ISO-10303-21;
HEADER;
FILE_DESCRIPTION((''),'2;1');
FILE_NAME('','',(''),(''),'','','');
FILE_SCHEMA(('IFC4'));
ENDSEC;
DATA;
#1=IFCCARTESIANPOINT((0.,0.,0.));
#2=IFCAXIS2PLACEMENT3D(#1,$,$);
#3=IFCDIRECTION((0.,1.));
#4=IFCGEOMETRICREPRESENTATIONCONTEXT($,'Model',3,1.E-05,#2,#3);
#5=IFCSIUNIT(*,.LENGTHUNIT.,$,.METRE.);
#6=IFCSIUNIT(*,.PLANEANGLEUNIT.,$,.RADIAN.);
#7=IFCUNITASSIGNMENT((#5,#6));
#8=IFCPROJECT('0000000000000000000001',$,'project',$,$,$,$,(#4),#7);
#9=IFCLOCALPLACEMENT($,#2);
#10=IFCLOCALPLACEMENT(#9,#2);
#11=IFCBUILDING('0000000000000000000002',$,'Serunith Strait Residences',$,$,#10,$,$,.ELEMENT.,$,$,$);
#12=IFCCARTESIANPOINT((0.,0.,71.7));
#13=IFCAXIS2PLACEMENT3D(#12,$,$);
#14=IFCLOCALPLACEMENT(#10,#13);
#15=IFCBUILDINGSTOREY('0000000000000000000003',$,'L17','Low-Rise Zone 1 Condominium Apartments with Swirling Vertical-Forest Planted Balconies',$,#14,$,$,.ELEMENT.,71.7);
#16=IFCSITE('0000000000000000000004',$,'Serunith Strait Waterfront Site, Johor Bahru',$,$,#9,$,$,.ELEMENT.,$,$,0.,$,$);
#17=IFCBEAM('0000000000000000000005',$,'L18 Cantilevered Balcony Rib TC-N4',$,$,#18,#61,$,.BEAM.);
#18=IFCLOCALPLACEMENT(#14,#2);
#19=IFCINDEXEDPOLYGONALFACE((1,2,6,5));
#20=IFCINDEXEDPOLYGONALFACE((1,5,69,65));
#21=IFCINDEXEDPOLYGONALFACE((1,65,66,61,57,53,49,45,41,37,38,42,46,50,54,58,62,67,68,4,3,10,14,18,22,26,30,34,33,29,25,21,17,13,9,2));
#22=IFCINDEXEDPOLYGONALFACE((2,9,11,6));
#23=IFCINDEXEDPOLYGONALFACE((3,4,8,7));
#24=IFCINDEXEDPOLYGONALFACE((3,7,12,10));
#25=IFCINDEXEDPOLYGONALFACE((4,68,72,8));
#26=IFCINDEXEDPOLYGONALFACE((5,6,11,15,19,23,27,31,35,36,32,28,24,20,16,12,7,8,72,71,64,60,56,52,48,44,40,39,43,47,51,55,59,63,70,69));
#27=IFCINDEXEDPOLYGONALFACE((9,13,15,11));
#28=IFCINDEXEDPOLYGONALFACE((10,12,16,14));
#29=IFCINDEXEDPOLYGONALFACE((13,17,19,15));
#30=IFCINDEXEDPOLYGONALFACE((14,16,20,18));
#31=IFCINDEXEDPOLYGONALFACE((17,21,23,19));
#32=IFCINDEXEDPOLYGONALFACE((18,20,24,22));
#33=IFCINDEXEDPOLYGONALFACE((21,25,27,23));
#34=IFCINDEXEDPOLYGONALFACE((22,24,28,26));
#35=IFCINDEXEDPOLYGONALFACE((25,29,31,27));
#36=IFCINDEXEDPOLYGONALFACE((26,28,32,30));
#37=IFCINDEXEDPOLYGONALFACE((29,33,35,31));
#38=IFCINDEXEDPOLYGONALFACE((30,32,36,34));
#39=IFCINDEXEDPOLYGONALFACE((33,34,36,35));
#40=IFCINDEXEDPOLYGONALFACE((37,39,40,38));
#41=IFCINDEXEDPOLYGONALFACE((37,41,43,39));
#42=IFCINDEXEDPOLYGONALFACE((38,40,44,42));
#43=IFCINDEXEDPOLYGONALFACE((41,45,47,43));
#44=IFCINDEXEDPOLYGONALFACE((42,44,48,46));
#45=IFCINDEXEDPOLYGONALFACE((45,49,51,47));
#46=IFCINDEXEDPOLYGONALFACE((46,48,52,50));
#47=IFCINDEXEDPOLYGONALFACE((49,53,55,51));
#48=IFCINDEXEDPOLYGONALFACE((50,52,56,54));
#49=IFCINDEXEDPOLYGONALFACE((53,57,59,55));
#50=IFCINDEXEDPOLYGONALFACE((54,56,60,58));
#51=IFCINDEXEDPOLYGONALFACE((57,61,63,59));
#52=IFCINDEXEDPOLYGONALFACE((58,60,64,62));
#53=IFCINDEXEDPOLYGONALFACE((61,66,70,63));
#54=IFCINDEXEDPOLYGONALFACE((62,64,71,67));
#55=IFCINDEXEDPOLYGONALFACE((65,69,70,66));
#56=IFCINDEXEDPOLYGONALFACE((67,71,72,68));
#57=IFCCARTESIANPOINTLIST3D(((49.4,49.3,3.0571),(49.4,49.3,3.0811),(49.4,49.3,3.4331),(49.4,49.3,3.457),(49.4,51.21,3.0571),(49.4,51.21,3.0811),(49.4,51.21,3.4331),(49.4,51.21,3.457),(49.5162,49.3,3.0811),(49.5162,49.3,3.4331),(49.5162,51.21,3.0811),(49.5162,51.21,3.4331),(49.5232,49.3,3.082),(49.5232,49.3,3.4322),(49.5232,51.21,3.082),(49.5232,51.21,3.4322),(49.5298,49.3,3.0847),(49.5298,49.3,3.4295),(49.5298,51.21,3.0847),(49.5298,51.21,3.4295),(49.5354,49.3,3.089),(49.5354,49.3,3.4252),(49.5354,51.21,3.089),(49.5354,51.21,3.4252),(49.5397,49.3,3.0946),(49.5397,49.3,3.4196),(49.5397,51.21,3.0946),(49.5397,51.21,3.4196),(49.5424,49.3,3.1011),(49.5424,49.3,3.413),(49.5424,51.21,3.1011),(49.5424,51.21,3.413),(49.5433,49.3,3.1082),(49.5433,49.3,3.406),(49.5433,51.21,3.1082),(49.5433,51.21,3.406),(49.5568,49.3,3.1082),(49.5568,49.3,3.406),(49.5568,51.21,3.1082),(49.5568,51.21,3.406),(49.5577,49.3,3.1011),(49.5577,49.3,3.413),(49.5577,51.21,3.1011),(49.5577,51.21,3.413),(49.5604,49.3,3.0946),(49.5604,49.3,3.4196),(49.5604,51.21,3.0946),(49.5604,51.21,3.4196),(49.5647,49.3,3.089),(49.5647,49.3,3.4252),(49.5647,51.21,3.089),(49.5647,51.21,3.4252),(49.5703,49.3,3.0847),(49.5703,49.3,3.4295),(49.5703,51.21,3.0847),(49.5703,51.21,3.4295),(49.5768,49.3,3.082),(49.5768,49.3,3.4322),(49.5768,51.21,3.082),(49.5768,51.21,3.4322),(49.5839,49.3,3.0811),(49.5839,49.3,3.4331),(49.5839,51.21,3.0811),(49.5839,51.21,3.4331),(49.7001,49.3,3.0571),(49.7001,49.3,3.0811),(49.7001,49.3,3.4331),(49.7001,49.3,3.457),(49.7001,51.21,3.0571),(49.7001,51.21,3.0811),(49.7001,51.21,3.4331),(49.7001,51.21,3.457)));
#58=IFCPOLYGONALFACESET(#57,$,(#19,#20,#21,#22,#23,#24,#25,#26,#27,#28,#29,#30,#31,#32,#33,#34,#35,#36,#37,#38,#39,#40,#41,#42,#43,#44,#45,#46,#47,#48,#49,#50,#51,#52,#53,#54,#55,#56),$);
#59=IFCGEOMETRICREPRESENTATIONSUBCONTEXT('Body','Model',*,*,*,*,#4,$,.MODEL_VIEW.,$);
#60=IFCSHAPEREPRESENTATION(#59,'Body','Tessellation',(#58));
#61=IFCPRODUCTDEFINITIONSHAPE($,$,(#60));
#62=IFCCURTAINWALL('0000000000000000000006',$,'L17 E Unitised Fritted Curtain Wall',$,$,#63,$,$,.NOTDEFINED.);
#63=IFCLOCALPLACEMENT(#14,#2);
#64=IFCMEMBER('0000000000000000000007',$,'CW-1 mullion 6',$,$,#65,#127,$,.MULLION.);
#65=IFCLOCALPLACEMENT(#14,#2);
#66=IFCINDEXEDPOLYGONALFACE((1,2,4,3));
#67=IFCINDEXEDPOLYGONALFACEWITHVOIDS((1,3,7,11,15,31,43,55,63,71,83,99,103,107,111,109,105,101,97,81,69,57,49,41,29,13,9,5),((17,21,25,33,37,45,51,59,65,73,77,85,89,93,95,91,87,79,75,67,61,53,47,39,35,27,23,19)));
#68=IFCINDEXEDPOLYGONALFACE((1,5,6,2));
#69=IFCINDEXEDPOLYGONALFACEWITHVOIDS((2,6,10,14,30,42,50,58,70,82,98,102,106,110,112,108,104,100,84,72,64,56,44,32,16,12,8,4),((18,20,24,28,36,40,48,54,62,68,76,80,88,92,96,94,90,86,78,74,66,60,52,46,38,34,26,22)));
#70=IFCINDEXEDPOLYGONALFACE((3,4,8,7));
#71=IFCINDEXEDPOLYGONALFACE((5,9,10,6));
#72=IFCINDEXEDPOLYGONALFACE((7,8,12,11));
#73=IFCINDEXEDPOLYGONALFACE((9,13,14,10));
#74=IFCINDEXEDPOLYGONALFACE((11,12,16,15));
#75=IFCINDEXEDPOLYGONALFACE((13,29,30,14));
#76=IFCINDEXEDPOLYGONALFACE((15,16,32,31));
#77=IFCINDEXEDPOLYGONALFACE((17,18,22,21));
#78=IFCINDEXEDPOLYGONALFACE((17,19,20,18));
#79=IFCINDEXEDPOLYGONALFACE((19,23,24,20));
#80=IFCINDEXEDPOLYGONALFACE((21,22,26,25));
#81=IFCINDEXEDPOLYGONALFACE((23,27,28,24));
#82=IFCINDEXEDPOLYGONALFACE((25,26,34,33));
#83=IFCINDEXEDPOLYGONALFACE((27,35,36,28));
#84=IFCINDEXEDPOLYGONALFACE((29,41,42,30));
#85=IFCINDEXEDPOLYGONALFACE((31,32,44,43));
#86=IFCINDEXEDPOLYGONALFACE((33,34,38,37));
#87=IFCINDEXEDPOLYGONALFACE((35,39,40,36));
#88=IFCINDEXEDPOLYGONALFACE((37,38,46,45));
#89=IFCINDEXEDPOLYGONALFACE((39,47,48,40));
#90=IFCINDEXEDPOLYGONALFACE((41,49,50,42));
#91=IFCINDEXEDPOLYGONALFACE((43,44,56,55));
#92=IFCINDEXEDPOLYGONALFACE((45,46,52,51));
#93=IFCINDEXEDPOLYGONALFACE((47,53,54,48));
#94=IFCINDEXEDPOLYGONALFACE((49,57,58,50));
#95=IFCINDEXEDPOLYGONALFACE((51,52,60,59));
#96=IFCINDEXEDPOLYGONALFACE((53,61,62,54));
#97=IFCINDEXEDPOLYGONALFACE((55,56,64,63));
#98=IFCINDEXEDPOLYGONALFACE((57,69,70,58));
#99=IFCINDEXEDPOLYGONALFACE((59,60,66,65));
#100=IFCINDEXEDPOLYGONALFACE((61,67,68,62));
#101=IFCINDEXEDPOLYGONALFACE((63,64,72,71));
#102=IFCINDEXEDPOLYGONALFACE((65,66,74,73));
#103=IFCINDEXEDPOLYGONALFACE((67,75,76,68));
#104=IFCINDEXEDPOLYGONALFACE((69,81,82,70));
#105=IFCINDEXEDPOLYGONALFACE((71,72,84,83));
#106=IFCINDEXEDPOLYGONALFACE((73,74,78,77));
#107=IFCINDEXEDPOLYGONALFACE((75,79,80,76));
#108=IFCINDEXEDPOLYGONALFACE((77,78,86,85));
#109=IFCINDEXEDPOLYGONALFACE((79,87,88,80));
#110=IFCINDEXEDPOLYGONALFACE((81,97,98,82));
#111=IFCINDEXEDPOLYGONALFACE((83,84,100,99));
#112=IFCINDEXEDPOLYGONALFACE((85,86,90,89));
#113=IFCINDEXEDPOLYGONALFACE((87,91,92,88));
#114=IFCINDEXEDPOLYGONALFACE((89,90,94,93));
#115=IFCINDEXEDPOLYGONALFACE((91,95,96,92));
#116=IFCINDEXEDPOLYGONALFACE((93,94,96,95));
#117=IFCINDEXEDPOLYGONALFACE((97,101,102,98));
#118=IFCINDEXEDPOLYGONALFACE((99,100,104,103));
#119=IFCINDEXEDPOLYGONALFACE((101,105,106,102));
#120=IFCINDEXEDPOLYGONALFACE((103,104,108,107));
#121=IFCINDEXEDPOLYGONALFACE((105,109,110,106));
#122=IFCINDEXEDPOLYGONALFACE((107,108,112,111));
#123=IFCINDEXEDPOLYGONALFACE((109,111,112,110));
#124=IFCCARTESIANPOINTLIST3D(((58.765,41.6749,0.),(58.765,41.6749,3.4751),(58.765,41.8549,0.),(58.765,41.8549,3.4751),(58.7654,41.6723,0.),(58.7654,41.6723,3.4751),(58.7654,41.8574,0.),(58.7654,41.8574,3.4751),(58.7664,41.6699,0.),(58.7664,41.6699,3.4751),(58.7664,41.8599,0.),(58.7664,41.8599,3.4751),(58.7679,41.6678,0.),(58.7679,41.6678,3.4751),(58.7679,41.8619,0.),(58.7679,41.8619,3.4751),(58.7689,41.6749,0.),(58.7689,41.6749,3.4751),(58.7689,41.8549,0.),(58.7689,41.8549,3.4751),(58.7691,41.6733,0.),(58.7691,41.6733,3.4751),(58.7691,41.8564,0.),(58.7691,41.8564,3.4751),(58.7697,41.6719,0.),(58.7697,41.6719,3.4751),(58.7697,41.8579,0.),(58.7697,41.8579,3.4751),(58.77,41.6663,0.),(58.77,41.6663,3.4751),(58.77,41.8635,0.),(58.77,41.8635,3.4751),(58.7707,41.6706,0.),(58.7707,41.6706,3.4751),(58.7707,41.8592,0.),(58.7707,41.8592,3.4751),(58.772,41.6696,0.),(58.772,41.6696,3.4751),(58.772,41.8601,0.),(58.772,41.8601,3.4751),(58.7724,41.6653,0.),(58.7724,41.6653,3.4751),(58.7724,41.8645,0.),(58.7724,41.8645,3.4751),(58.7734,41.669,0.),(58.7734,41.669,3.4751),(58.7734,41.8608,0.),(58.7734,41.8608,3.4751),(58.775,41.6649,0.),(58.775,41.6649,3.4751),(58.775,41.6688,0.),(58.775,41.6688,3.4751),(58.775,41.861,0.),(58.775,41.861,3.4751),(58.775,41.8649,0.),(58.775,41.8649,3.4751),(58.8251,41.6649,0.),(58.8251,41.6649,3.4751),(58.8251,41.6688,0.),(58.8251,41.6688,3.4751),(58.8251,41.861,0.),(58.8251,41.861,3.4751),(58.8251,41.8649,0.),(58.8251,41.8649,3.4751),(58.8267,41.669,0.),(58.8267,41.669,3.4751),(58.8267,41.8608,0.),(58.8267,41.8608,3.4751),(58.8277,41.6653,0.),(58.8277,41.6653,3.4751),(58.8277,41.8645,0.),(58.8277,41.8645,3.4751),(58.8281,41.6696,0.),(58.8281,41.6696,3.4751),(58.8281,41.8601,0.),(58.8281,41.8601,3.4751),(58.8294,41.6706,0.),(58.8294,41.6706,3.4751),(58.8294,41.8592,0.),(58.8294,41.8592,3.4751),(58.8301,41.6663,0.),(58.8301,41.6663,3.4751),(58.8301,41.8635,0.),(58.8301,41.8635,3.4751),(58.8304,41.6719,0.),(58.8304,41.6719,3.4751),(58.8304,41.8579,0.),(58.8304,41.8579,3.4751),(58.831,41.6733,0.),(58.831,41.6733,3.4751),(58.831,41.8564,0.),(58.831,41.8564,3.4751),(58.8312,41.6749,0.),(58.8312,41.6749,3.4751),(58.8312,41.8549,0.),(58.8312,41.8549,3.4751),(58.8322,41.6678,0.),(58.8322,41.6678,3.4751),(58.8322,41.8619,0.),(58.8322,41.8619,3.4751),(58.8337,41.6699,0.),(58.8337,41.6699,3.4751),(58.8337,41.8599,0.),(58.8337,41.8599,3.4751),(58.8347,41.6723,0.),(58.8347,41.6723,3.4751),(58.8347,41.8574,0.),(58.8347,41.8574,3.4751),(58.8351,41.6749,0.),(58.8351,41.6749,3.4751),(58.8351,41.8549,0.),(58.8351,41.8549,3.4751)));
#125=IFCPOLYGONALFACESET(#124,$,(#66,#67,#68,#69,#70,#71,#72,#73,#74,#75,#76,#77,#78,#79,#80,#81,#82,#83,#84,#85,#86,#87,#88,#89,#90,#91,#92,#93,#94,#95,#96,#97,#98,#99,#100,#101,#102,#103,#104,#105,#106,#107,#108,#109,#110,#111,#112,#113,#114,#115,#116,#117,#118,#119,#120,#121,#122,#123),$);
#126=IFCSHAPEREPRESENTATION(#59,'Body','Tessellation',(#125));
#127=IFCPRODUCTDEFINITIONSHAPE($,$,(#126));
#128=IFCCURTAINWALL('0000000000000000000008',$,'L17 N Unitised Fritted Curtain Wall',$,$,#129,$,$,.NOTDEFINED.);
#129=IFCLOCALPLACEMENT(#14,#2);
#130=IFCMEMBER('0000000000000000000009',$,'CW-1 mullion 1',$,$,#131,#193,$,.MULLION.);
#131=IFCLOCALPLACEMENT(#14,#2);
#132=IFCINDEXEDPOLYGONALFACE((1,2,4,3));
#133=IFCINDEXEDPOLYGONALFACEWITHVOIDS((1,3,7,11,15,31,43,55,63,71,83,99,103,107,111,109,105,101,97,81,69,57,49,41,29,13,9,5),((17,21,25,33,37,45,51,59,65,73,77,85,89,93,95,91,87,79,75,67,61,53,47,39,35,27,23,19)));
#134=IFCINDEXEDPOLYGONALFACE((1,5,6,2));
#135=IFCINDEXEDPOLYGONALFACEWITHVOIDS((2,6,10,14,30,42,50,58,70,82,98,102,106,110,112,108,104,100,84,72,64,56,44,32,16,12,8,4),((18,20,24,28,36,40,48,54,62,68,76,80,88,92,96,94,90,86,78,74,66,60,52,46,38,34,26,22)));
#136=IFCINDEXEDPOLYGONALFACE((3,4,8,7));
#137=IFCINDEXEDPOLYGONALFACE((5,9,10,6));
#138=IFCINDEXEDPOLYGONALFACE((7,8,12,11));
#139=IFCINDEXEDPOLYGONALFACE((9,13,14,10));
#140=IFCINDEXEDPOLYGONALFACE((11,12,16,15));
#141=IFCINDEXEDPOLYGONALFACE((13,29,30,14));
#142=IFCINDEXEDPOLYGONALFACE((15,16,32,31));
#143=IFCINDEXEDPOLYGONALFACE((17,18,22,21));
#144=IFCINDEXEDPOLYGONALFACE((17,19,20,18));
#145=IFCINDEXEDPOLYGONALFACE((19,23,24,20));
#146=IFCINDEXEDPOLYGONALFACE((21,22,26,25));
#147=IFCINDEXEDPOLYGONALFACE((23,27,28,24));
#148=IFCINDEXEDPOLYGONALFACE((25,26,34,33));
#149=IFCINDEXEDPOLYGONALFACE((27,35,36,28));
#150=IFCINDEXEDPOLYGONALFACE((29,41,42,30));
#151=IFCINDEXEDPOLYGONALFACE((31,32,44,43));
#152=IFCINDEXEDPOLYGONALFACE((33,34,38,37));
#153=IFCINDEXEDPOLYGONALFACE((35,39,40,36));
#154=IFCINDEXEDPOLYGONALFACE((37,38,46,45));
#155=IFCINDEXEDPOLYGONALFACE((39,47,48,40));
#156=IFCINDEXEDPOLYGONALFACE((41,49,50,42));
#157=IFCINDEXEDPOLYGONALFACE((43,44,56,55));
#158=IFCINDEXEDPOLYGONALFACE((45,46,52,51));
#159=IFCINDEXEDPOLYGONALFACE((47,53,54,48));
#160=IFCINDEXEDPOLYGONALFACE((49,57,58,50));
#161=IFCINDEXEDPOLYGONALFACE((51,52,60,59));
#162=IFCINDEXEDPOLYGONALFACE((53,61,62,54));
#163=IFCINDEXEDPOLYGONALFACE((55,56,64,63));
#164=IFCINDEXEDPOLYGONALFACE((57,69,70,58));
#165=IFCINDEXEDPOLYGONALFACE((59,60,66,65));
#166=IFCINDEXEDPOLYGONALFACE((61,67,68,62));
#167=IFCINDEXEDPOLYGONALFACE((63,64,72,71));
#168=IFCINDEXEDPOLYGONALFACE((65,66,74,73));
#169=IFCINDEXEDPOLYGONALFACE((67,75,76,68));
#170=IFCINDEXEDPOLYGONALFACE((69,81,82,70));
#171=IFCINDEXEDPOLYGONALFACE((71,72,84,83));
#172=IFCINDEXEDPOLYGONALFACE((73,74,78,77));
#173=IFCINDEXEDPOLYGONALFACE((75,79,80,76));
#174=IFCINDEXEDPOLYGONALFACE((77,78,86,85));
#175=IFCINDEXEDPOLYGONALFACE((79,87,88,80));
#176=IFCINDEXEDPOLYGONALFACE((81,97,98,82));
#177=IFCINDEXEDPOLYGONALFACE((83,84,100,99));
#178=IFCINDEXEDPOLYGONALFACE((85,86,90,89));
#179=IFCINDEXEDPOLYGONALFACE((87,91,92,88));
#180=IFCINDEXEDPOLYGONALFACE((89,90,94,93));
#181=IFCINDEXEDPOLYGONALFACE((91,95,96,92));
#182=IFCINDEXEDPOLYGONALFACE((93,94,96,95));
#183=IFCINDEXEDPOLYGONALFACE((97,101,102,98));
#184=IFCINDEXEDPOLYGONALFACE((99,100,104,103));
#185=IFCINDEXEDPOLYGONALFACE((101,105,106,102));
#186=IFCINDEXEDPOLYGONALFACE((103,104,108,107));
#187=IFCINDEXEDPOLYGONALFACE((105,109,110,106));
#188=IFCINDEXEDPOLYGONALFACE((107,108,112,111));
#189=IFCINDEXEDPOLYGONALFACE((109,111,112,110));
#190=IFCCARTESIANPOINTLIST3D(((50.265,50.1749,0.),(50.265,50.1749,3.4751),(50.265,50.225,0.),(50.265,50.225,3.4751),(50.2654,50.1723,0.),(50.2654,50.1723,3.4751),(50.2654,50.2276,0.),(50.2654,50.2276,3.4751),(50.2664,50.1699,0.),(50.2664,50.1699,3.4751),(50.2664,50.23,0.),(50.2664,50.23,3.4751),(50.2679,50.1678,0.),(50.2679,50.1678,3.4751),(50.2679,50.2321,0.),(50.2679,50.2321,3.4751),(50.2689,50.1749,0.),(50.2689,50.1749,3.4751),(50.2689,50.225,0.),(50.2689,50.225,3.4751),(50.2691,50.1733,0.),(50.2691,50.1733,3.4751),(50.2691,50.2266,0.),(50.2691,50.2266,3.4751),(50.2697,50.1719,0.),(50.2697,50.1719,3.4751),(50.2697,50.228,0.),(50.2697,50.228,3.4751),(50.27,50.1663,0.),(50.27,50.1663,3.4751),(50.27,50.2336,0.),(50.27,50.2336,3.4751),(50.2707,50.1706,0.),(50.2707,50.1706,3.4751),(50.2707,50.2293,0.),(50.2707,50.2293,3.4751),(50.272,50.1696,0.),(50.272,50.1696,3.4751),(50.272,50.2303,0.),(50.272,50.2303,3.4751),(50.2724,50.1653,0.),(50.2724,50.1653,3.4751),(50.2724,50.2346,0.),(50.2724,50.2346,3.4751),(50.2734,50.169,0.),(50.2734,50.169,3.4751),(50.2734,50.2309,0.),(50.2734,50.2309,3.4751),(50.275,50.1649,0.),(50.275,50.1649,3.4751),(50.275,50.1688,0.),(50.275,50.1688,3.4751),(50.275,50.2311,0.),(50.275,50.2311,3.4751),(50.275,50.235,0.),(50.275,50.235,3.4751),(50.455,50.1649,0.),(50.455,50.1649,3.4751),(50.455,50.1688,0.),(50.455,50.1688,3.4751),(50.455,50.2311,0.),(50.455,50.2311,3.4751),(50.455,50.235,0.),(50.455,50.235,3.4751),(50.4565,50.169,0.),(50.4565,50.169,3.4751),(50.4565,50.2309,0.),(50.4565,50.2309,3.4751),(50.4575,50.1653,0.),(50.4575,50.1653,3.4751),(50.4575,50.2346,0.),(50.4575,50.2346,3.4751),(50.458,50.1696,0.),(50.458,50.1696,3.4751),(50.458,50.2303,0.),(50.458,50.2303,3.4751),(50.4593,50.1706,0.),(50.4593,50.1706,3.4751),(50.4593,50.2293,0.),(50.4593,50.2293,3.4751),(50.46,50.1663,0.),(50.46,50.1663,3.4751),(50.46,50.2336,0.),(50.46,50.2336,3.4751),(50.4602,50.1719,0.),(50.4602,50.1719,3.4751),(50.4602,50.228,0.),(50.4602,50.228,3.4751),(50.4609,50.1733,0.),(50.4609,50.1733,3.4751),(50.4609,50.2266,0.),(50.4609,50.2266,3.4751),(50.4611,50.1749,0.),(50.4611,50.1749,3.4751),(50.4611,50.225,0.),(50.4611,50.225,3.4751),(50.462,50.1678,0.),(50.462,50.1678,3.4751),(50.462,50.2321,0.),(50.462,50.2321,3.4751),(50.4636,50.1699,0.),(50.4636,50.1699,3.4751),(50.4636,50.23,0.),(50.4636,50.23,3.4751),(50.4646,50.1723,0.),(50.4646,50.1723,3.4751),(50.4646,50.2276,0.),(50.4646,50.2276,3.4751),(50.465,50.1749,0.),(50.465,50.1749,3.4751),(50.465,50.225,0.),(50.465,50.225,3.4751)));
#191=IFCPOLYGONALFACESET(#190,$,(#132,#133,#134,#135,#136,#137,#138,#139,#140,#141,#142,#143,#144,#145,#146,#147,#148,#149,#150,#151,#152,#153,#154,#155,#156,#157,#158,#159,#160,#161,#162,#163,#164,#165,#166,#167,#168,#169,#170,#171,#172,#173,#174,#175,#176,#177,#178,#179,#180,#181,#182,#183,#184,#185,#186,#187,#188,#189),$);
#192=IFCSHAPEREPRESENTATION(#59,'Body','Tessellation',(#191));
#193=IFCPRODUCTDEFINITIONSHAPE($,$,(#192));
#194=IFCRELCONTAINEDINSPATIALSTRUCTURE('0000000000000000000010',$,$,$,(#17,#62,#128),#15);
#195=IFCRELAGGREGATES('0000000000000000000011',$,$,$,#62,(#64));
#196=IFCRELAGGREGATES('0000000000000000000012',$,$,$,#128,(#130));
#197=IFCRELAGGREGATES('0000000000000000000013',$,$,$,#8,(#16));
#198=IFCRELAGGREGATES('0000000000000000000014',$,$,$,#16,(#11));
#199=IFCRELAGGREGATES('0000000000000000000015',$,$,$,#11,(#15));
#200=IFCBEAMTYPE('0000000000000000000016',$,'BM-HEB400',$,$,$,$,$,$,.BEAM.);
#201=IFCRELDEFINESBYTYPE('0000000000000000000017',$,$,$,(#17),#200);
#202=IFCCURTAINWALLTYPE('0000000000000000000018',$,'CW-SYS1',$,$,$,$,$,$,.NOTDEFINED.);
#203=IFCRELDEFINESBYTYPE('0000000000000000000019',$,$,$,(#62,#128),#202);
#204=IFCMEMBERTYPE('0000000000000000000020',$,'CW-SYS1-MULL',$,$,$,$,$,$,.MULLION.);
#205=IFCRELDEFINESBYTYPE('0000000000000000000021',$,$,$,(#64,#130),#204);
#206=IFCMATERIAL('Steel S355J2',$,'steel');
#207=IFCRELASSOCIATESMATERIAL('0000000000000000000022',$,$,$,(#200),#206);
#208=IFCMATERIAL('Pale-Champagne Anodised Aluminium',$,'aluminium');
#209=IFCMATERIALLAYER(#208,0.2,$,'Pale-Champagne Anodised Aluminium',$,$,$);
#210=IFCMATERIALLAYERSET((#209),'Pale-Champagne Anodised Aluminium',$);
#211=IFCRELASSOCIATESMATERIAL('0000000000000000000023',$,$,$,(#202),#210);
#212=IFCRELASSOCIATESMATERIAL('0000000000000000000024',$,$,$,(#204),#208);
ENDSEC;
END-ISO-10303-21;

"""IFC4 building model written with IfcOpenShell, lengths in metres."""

from ifc_helpers import new_model, si_unit, direction, frame, origin, origin_2d, place, context, subcontext, project, spatial, hollow_rectangle, i_section, extrude, source, transform, mapped, material, layer, layer_set, material_profile, profile_set, type_object, element, aggregate, save


model = new_model("IFC4")

# Units and contexts
model_context = context("Model", 3, precision=1e-05, world=origin(), true_north=direction((0.0, 1.0)))
body_context = subcontext(model_context, "Body", "Model", "MODEL_VIEW")
ifc_project = project(units=[si_unit("LENGTHUNIT", "METRE"), si_unit("PLANEANGLEUNIT", "RADIAN")], contexts=[model_context])

# Site, building, storey
site_placement = place(None, origin())
site = spatial("IfcSite", under=ifc_project, at=site_placement, Name="Serunith Strait Waterfront Site, Johor Bahru", CompositionType="ELEMENT", RefElevation=0.0)
building_placement = place(site_placement, origin())
building = spatial("IfcBuilding", under=site, at=building_placement, Name="Serunith Strait Residences", CompositionType="ELEMENT")
storey_placement = place(building_placement, frame((0.0, 0.0, 71.7)))
storey = spatial("IfcBuildingStorey", under=building, at=storey_placement, Name="L17", Description="Low-Rise Zone 1 Condominium Apartments with Swirling Vertical-Forest Planted Balconies", CompositionType="ELEMENT", Elevation=71.7)

# Beam
ifc_material_1 = material(Name="Steel S355J2", Category="steel")
ifc_material_profile_1 = material_profile(ifc_material_1, i_section(OverallWidth=0.3, OverallDepth=0.3999, WebThickness=0.0134, FlangeThickness=0.0239, FilletRadius=0.0271, at=origin_2d()), Name="HEB 400")
ifc_profile_set_1 = profile_set([ifc_material_profile_1], Name="Steel S355J2")
beam_type_1 = type_object("IfcBeamType", Name="BM-HEB400", PredefinedType="BEAM", material=ifc_profile_set_1)
shared_shape_1 = source(origin(), body_context, "Body", "SweptSolid", [
    extrude(i_section(OverallWidth=0.3, OverallDepth=0.3999, WebThickness=0.0134, FlangeThickness=0.0239, FilletRadius=0.0271, at=origin_2d()), origin(), (0.0, 0.0, 1.0), 1.9099),
])
beam_1_placement = place(storey_placement, frame((49.55, 49.3, 3.2571), z_axis=(0.0, 1.0, 0.0), x_axis=(-1.0, 0.0, 0.0)))
element("IfcBeam", 1, at=beam_1_placement, inside=storey, type_object=beam_type_1, Name="L18 Cantilevered Balcony Rib TC-N4", PredefinedType="BEAM", context=body_context, shape_type="MappedRepresentation", body=[
    mapped(shared_shape_1, transform((0.0, 0.0, 0.0), scale=1.0)),
])

# Curtain wall, member
ifc_material_2 = material(Name="Pale-Champagne Anodised Aluminium", Category="aluminium")
ifc_layer_1 = layer(ifc_material_2, 0.2, Name="Pale-Champagne Anodised Aluminium")
ifc_layer_set_1 = layer_set([ifc_layer_1], Name="Pale-Champagne Anodised Aluminium")
curtain_wall_type = type_object("IfcCurtainWallType", Name="CW-SYS1", PredefinedType="NOTDEFINED", material=ifc_layer_set_1)
curtain_wall_1_placement = place(storey_placement, origin())
curtain_wall_1 = element("IfcCurtainWall", 2, at=curtain_wall_1_placement, inside=storey, type_object=curtain_wall_type, Name="L17 E Unitised Fritted Curtain Wall", PredefinedType="NOTDEFINED")
ifc_material_profile_2 = material_profile(ifc_material_2, hollow_rectangle(XDim=0.0701, YDim=0.2, WallThickness=0.0039, InnerFilletRadius=0.0061, OuterFilletRadius=0.01, at=origin_2d()), Name="ALU 200x70x4")
ifc_profile_set_2 = profile_set([ifc_material_profile_2], Name="Pale-Champagne Anodised Aluminium")
member_type_1 = type_object("IfcMemberType", Name="CW-SYS1-MULL", PredefinedType="MULLION", material=ifc_profile_set_2)
shared_shape_2 = source(origin(), body_context, "Body", "SweptSolid", [
    extrude(hollow_rectangle(XDim=0.0701, YDim=0.2, WallThickness=0.0039, InnerFilletRadius=0.0061, OuterFilletRadius=0.01, at=origin_2d()), origin(), (0.0, 0.0, 1.0), 3.4751),
])
member_1_placement = place(storey_placement, frame((58.8, 41.7649, 0.0), z_axis=(0.0, 0.0, 1.0), x_axis=(-1.0, 0.0, 0.0)))
member_1 = element("IfcMember", 3, at=member_1_placement, type_object=member_type_1, Name="CW-1 mullion 6", PredefinedType="MULLION", context=body_context, shape_type="MappedRepresentation", body=[
    mapped(shared_shape_2, transform((0.0, 0.0, 0.0), scale=1.0)),
])
aggregate(curtain_wall_1, [member_1])

# Curtain wall, member
curtain_wall_2_placement = place(storey_placement, origin())
curtain_wall_2 = element("IfcCurtainWall", 4, at=curtain_wall_2_placement, inside=storey, type_object=curtain_wall_type, Name="L17 N Unitised Fritted Curtain Wall", PredefinedType="NOTDEFINED")
member_2_placement = place(storey_placement, frame((50.365, 50.2, 0.0), z_axis=(0.0, 0.0, 1.0), x_axis=(0.0, -1.0, 0.0)))
member_2 = element("IfcMember", 5, at=member_2_placement, type_object=member_type_1, Name="CW-1 mullion 1", PredefinedType="MULLION", context=body_context, shape_type="MappedRepresentation", body=[
    mapped(shared_shape_2, transform((0.0, 0.0, 0.0), scale=1.0)),
])
aggregate(curtain_wall_2, [member_2])

save(model, "model.ifc")
